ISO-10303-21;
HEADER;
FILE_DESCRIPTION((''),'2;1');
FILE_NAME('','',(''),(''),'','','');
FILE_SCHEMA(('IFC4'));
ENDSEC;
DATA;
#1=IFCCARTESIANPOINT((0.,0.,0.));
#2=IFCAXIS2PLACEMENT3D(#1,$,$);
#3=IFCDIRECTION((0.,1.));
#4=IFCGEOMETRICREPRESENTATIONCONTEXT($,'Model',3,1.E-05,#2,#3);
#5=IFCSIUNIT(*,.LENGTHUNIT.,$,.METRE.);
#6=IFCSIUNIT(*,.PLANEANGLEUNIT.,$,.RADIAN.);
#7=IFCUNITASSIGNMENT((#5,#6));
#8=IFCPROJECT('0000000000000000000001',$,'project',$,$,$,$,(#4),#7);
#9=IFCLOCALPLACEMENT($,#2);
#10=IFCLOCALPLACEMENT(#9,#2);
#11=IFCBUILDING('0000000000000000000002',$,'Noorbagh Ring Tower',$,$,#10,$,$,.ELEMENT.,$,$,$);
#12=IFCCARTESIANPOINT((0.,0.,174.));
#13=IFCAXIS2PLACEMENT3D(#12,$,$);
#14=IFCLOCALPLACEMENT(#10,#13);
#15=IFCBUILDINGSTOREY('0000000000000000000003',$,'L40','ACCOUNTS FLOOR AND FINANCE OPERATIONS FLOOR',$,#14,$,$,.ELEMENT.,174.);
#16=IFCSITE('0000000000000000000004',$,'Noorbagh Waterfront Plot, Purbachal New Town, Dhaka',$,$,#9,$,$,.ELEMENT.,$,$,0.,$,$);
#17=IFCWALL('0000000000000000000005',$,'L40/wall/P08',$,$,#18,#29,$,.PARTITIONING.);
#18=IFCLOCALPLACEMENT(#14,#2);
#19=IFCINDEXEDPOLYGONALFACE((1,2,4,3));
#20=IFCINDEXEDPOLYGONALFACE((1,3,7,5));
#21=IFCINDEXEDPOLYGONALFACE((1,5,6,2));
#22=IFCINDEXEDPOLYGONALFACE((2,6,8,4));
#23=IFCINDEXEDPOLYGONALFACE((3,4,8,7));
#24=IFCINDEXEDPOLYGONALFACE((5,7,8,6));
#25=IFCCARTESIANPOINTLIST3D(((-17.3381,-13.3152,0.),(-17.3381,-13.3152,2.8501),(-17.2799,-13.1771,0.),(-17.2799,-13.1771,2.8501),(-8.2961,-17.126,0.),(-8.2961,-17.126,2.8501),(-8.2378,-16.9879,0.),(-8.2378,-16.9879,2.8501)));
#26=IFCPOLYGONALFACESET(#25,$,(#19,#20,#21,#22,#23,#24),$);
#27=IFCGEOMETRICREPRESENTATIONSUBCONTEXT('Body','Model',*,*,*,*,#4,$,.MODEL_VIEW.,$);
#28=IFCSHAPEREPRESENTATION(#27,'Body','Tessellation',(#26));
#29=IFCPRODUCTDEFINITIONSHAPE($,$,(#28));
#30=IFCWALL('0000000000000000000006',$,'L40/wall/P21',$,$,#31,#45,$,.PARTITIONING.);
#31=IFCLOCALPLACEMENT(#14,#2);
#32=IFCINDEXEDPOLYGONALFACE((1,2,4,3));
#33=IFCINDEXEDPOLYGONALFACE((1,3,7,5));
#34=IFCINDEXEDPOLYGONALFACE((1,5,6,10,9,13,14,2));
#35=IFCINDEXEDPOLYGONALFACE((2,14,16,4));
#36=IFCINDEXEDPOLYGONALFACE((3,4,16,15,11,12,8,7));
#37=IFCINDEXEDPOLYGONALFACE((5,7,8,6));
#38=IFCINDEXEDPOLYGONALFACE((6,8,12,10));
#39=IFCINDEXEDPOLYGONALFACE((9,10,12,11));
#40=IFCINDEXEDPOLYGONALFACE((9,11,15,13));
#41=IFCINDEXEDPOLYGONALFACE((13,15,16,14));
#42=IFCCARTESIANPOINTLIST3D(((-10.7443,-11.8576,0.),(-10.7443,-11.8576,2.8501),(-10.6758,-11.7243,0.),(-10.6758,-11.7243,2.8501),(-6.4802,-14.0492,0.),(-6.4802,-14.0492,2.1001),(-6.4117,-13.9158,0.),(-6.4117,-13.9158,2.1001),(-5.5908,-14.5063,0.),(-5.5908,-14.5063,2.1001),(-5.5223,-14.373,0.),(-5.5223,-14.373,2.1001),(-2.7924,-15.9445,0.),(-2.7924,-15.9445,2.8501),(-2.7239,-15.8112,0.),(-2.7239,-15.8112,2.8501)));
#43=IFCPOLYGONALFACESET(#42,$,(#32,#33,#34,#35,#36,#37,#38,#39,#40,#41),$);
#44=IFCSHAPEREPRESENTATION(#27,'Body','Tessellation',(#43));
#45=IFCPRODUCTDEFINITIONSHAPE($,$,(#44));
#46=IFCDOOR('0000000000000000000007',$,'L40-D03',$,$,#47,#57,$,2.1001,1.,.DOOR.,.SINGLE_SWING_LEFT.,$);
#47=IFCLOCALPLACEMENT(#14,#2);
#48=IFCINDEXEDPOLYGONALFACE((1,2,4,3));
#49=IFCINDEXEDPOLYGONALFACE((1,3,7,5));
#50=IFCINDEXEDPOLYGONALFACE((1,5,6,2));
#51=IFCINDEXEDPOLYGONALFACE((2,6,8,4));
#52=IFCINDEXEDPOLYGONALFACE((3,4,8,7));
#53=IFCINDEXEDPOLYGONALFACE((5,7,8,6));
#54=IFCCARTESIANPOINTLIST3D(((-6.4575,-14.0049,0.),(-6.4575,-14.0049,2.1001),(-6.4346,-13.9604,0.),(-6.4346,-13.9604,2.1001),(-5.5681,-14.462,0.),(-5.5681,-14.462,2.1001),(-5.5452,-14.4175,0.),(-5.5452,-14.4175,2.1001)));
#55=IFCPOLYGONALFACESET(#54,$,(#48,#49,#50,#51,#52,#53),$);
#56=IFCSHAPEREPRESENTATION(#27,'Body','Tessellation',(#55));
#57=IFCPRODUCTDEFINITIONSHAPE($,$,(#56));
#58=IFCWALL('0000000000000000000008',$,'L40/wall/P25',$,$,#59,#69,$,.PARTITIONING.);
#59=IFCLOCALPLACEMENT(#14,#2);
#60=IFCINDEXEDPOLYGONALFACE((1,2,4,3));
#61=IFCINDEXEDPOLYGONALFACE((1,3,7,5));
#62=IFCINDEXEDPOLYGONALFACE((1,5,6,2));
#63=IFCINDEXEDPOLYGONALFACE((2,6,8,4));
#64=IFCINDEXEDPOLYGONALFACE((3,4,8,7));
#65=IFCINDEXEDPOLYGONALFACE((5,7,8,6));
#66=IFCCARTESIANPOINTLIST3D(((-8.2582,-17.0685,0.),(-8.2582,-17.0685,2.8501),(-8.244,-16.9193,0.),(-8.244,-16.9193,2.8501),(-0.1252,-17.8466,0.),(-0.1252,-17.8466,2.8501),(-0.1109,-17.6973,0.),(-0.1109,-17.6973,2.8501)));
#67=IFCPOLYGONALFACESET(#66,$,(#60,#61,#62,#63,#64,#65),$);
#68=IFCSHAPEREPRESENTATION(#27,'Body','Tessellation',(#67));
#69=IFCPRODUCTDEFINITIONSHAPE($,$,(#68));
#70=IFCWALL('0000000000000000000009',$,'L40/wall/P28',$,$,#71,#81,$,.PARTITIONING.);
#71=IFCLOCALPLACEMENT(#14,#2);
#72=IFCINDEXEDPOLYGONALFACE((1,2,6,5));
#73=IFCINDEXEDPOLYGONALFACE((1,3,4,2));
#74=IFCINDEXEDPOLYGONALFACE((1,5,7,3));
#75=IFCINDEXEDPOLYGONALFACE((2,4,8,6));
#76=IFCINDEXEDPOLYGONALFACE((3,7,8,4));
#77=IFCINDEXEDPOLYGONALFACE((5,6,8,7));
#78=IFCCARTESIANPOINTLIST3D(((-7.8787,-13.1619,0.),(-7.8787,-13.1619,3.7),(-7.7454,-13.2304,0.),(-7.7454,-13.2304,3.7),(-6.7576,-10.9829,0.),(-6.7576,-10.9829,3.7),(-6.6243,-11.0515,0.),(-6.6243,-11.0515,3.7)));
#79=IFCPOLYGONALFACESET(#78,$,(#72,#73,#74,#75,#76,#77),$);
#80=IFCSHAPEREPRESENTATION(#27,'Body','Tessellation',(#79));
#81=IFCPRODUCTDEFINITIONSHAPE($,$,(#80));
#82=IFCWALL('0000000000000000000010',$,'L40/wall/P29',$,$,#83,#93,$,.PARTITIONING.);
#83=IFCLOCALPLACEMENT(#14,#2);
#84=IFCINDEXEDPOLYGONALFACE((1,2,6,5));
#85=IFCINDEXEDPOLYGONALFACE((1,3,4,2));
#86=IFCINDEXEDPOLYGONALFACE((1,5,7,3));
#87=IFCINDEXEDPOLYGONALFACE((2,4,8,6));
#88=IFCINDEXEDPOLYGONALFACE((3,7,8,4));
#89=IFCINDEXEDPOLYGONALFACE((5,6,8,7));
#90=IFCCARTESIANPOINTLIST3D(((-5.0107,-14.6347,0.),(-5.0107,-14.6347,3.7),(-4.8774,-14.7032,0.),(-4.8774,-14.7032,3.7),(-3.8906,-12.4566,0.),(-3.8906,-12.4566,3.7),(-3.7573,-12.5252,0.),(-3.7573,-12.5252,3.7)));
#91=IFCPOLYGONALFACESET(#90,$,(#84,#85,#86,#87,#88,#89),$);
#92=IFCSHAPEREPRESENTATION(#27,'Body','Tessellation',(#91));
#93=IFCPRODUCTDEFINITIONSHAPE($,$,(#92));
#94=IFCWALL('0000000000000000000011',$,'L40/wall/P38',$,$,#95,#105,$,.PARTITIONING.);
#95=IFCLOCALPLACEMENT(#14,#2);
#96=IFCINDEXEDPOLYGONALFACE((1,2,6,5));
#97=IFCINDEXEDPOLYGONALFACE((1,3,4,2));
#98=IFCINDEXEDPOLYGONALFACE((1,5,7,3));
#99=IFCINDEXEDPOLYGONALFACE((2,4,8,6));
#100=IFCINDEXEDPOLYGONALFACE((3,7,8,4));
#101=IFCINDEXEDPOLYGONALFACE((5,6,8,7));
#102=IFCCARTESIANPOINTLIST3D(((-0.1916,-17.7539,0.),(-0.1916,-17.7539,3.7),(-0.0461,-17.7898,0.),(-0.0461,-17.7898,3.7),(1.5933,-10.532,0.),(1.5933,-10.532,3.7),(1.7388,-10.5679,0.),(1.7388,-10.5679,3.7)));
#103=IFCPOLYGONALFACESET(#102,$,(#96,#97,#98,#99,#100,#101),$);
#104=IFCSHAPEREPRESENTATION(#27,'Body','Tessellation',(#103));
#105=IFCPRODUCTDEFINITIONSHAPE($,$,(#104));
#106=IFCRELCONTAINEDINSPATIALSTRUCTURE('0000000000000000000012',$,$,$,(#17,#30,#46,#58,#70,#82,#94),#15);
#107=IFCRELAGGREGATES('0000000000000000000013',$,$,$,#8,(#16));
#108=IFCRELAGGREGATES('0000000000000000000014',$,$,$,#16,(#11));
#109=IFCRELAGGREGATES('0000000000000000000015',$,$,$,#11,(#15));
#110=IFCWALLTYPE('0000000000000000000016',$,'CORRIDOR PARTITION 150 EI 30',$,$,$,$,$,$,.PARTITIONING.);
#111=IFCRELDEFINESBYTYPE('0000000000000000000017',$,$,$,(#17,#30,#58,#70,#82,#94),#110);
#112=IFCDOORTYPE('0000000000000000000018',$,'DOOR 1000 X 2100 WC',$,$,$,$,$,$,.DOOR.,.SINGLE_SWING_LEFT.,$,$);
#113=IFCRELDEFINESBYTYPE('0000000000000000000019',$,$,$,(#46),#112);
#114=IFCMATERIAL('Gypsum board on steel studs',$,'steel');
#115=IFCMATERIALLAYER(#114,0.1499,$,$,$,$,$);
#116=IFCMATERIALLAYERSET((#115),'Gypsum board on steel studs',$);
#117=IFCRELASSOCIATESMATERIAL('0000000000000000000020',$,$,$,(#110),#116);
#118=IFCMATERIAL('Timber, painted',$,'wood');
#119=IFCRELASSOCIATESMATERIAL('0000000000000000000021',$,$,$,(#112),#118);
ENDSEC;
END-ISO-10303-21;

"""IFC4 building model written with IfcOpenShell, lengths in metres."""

from ifc_helpers import new_model, si_unit, direction, frame, frame_2d, origin, place, context, subcontext, project, spatial, rectangle, extrude, material, layer, layer_set, type_object, element, fill, save


model = new_model("IFC4")

# Units and contexts
model_context = context("Model", 3, precision=1e-05, world=origin(), true_north=direction((0.0, 1.0)))
body_context = subcontext(model_context, "Body", "Model", "MODEL_VIEW")
ifc_project = project(units=[si_unit("LENGTHUNIT", "METRE"), si_unit("PLANEANGLEUNIT", "RADIAN")], contexts=[model_context])

# Site, building, storey
site_placement = place(None, origin())
site = spatial("IfcSite", under=ifc_project, at=site_placement, Name="Noorbagh Waterfront Plot, Purbachal New Town, Dhaka", CompositionType="ELEMENT", RefElevation=0.0)
building_placement = place(site_placement, origin())
building = spatial("IfcBuilding", under=site, at=building_placement, Name="Noorbagh Ring Tower", CompositionType="ELEMENT")
storey_placement = place(building_placement, frame((0.0, 0.0, 174.0)))
storey = spatial("IfcBuildingStorey", under=building, at=storey_placement, Name="L40", Description="ACCOUNTS FLOOR AND FINANCE OPERATIONS FLOOR", CompositionType="ELEMENT", Elevation=174.0)

# Wall
ifc_material_1 = material(Name="Gypsum board on steel studs", Category="steel")
ifc_layer_1 = layer(ifc_material_1, 0.1499)
ifc_layer_set_1 = layer_set([ifc_layer_1], Name="Gypsum board on steel studs")
wall_type_1 = type_object("IfcWallType", Name="CORRIDOR PARTITION 150 EI 30", PredefinedType="PARTITIONING", material=ifc_layer_set_1)
wall_1_placement = place(storey_placement, frame((-17.3091, -13.2461, 0.0), z_axis=(0.0, 0.0, 1.0), x_axis=(0.921503, -0.388372, 0.0)))
element("IfcWall", 1, at=wall_1_placement, inside=storey, type_object=wall_type_1, Name="L40/wall/P08", PredefinedType="PARTITIONING", context=body_context, shape_type="SweptSolid", body=[
    extrude(rectangle(XDim=9.8123, YDim=0.1499, at=frame_2d((4.9062, 0.0))), origin(), (0.0, 0.0, 1.0), 2.8501),
])

# Wall, opening, door
wall_2_placement = place(storey_placement, frame((-10.71, -11.791, 0.0), z_axis=(0.0, 0.0, 1.0), x_axis=(0.889408, -0.457115, 0.0)))
wall_2 = element("IfcWall", 2, at=wall_2_placement, inside=storey, type_object=wall_type_1, Name="L40/wall/P21", PredefinedType="PARTITIONING", context=body_context, shape_type="SweptSolid", body=[
    extrude(rectangle(XDim=8.9407, YDim=0.1499, at=frame_2d((4.4702, 0.0))), origin(), (0.0, 0.0, 1.0), 2.8501),
])
opening_1_placement = place(wall_2_placement, frame((4.7942, 0.0, 0.0)))
opening_1 = element("IfcOpeningElement", 3, at=opening_1_placement, cuts=wall_2, PredefinedType="OPENING", context=body_context, shape_type="SweptSolid", body=[
    extrude(rectangle(XDim=1.0, YDim=2.1001, at=frame_2d((0.5, 1.05))), frame((0.0, 0.085, 0.0), z_axis=(0.0, -1.0, 0.0), x_axis=(1.0, 0.0, 0.0)), (0.0, 0.0, 1.0), 0.1699),
])
ifc_material_2 = material(Name="Timber, painted", Category="wood")
door_type_1 = type_object("IfcDoorType", Name="DOOR 1000 X 2100 WC", OperationType="SINGLE_SWING_LEFT", PredefinedType="DOOR", material=ifc_material_2)
door_1_placement = place(opening_1_placement, origin())
door_1 = element("IfcDoor", 4, at=door_1_placement, inside=storey, type_object=door_type_1, Name="L40-D03", OperationType="SINGLE_SWING_LEFT", OverallHeight=2.1001, OverallWidth=1.0, PredefinedType="DOOR", context=body_context, shape_type="SweptSolid", body=[
    extrude(rectangle(XDim=1.0, YDim=2.1001, at=frame_2d((0.5, 1.05))), frame((0.0, 0.0249, 0.0), z_axis=(0.0, -1.0, 0.0), x_axis=(1.0, 0.0, 0.0)), (0.0, 0.0, 1.0), 0.05),
])
fill(opening_1, door_1)

# Walls
wall_3_placement = place(storey_placement, frame((-8.251, -16.9939, 0.0), z_axis=(0.0, 0.0, 1.0), x_axis=(0.995455, -0.095234, 0.0)))
element("IfcWall", 5, at=wall_3_placement, inside=storey, type_object=wall_type_1, Name="L40/wall/P25", PredefinedType="PARTITIONING", context=body_context, shape_type="SweptSolid", body=[
    extrude(rectangle(XDim=8.1702, YDim=0.1499, at=frame_2d((4.085, 0.0))), origin(), (0.0, 0.0, 1.0), 2.8501),
])
wall_4_placement = place(storey_placement, frame((-7.812, -13.196, 0.0), z_axis=(0.0, 0.0, 1.0), x_axis=(0.457506, 0.889207, 0.0)))
element("IfcWall", 6, at=wall_4_placement, inside=storey, type_object=wall_type_1, Name="L40/wall/P28", PredefinedType="PARTITIONING", context=body_context, shape_type="SweptSolid", body=[
    extrude(rectangle(XDim=2.4504, YDim=0.1499, at=frame_2d((1.2251, 0.0))), origin(), (0.0, 0.0, 1.0), 3.7),
])
wall_5_placement = place(storey_placement, frame((-4.9441, -14.6689, 0.0), z_axis=(0.0, 0.0, 1.0), x_axis=(0.457353, 0.889285, 0.0)))
element("IfcWall", 7, at=wall_5_placement, inside=storey, type_object=wall_type_1, Name="L40/wall/P29", PredefinedType="PARTITIONING", context=body_context, shape_type="SweptSolid", body=[
    extrude(rectangle(XDim=2.4492, YDim=0.1499, at=frame_2d((1.2246, 0.0))), origin(), (0.0, 0.0, 1.0), 3.7),
])
wall_6_placement = place(storey_placement, frame((-0.1189, -17.772, 0.0), z_axis=(0.0, 0.0, 1.0), x_axis=(0.239932, 0.97079, 0.0)))
element("IfcWall", 8, at=wall_6_placement, inside=storey, type_object=wall_type_1, Name="L40/wall/P38", PredefinedType="PARTITIONING", context=body_context, shape_type="SweptSolid", body=[
    extrude(rectangle(XDim=7.4392, YDim=0.1499, at=frame_2d((3.7197, 0.0))), origin(), (0.0, 0.0, 1.0), 3.7),
])

save(model, "model.ifc")
